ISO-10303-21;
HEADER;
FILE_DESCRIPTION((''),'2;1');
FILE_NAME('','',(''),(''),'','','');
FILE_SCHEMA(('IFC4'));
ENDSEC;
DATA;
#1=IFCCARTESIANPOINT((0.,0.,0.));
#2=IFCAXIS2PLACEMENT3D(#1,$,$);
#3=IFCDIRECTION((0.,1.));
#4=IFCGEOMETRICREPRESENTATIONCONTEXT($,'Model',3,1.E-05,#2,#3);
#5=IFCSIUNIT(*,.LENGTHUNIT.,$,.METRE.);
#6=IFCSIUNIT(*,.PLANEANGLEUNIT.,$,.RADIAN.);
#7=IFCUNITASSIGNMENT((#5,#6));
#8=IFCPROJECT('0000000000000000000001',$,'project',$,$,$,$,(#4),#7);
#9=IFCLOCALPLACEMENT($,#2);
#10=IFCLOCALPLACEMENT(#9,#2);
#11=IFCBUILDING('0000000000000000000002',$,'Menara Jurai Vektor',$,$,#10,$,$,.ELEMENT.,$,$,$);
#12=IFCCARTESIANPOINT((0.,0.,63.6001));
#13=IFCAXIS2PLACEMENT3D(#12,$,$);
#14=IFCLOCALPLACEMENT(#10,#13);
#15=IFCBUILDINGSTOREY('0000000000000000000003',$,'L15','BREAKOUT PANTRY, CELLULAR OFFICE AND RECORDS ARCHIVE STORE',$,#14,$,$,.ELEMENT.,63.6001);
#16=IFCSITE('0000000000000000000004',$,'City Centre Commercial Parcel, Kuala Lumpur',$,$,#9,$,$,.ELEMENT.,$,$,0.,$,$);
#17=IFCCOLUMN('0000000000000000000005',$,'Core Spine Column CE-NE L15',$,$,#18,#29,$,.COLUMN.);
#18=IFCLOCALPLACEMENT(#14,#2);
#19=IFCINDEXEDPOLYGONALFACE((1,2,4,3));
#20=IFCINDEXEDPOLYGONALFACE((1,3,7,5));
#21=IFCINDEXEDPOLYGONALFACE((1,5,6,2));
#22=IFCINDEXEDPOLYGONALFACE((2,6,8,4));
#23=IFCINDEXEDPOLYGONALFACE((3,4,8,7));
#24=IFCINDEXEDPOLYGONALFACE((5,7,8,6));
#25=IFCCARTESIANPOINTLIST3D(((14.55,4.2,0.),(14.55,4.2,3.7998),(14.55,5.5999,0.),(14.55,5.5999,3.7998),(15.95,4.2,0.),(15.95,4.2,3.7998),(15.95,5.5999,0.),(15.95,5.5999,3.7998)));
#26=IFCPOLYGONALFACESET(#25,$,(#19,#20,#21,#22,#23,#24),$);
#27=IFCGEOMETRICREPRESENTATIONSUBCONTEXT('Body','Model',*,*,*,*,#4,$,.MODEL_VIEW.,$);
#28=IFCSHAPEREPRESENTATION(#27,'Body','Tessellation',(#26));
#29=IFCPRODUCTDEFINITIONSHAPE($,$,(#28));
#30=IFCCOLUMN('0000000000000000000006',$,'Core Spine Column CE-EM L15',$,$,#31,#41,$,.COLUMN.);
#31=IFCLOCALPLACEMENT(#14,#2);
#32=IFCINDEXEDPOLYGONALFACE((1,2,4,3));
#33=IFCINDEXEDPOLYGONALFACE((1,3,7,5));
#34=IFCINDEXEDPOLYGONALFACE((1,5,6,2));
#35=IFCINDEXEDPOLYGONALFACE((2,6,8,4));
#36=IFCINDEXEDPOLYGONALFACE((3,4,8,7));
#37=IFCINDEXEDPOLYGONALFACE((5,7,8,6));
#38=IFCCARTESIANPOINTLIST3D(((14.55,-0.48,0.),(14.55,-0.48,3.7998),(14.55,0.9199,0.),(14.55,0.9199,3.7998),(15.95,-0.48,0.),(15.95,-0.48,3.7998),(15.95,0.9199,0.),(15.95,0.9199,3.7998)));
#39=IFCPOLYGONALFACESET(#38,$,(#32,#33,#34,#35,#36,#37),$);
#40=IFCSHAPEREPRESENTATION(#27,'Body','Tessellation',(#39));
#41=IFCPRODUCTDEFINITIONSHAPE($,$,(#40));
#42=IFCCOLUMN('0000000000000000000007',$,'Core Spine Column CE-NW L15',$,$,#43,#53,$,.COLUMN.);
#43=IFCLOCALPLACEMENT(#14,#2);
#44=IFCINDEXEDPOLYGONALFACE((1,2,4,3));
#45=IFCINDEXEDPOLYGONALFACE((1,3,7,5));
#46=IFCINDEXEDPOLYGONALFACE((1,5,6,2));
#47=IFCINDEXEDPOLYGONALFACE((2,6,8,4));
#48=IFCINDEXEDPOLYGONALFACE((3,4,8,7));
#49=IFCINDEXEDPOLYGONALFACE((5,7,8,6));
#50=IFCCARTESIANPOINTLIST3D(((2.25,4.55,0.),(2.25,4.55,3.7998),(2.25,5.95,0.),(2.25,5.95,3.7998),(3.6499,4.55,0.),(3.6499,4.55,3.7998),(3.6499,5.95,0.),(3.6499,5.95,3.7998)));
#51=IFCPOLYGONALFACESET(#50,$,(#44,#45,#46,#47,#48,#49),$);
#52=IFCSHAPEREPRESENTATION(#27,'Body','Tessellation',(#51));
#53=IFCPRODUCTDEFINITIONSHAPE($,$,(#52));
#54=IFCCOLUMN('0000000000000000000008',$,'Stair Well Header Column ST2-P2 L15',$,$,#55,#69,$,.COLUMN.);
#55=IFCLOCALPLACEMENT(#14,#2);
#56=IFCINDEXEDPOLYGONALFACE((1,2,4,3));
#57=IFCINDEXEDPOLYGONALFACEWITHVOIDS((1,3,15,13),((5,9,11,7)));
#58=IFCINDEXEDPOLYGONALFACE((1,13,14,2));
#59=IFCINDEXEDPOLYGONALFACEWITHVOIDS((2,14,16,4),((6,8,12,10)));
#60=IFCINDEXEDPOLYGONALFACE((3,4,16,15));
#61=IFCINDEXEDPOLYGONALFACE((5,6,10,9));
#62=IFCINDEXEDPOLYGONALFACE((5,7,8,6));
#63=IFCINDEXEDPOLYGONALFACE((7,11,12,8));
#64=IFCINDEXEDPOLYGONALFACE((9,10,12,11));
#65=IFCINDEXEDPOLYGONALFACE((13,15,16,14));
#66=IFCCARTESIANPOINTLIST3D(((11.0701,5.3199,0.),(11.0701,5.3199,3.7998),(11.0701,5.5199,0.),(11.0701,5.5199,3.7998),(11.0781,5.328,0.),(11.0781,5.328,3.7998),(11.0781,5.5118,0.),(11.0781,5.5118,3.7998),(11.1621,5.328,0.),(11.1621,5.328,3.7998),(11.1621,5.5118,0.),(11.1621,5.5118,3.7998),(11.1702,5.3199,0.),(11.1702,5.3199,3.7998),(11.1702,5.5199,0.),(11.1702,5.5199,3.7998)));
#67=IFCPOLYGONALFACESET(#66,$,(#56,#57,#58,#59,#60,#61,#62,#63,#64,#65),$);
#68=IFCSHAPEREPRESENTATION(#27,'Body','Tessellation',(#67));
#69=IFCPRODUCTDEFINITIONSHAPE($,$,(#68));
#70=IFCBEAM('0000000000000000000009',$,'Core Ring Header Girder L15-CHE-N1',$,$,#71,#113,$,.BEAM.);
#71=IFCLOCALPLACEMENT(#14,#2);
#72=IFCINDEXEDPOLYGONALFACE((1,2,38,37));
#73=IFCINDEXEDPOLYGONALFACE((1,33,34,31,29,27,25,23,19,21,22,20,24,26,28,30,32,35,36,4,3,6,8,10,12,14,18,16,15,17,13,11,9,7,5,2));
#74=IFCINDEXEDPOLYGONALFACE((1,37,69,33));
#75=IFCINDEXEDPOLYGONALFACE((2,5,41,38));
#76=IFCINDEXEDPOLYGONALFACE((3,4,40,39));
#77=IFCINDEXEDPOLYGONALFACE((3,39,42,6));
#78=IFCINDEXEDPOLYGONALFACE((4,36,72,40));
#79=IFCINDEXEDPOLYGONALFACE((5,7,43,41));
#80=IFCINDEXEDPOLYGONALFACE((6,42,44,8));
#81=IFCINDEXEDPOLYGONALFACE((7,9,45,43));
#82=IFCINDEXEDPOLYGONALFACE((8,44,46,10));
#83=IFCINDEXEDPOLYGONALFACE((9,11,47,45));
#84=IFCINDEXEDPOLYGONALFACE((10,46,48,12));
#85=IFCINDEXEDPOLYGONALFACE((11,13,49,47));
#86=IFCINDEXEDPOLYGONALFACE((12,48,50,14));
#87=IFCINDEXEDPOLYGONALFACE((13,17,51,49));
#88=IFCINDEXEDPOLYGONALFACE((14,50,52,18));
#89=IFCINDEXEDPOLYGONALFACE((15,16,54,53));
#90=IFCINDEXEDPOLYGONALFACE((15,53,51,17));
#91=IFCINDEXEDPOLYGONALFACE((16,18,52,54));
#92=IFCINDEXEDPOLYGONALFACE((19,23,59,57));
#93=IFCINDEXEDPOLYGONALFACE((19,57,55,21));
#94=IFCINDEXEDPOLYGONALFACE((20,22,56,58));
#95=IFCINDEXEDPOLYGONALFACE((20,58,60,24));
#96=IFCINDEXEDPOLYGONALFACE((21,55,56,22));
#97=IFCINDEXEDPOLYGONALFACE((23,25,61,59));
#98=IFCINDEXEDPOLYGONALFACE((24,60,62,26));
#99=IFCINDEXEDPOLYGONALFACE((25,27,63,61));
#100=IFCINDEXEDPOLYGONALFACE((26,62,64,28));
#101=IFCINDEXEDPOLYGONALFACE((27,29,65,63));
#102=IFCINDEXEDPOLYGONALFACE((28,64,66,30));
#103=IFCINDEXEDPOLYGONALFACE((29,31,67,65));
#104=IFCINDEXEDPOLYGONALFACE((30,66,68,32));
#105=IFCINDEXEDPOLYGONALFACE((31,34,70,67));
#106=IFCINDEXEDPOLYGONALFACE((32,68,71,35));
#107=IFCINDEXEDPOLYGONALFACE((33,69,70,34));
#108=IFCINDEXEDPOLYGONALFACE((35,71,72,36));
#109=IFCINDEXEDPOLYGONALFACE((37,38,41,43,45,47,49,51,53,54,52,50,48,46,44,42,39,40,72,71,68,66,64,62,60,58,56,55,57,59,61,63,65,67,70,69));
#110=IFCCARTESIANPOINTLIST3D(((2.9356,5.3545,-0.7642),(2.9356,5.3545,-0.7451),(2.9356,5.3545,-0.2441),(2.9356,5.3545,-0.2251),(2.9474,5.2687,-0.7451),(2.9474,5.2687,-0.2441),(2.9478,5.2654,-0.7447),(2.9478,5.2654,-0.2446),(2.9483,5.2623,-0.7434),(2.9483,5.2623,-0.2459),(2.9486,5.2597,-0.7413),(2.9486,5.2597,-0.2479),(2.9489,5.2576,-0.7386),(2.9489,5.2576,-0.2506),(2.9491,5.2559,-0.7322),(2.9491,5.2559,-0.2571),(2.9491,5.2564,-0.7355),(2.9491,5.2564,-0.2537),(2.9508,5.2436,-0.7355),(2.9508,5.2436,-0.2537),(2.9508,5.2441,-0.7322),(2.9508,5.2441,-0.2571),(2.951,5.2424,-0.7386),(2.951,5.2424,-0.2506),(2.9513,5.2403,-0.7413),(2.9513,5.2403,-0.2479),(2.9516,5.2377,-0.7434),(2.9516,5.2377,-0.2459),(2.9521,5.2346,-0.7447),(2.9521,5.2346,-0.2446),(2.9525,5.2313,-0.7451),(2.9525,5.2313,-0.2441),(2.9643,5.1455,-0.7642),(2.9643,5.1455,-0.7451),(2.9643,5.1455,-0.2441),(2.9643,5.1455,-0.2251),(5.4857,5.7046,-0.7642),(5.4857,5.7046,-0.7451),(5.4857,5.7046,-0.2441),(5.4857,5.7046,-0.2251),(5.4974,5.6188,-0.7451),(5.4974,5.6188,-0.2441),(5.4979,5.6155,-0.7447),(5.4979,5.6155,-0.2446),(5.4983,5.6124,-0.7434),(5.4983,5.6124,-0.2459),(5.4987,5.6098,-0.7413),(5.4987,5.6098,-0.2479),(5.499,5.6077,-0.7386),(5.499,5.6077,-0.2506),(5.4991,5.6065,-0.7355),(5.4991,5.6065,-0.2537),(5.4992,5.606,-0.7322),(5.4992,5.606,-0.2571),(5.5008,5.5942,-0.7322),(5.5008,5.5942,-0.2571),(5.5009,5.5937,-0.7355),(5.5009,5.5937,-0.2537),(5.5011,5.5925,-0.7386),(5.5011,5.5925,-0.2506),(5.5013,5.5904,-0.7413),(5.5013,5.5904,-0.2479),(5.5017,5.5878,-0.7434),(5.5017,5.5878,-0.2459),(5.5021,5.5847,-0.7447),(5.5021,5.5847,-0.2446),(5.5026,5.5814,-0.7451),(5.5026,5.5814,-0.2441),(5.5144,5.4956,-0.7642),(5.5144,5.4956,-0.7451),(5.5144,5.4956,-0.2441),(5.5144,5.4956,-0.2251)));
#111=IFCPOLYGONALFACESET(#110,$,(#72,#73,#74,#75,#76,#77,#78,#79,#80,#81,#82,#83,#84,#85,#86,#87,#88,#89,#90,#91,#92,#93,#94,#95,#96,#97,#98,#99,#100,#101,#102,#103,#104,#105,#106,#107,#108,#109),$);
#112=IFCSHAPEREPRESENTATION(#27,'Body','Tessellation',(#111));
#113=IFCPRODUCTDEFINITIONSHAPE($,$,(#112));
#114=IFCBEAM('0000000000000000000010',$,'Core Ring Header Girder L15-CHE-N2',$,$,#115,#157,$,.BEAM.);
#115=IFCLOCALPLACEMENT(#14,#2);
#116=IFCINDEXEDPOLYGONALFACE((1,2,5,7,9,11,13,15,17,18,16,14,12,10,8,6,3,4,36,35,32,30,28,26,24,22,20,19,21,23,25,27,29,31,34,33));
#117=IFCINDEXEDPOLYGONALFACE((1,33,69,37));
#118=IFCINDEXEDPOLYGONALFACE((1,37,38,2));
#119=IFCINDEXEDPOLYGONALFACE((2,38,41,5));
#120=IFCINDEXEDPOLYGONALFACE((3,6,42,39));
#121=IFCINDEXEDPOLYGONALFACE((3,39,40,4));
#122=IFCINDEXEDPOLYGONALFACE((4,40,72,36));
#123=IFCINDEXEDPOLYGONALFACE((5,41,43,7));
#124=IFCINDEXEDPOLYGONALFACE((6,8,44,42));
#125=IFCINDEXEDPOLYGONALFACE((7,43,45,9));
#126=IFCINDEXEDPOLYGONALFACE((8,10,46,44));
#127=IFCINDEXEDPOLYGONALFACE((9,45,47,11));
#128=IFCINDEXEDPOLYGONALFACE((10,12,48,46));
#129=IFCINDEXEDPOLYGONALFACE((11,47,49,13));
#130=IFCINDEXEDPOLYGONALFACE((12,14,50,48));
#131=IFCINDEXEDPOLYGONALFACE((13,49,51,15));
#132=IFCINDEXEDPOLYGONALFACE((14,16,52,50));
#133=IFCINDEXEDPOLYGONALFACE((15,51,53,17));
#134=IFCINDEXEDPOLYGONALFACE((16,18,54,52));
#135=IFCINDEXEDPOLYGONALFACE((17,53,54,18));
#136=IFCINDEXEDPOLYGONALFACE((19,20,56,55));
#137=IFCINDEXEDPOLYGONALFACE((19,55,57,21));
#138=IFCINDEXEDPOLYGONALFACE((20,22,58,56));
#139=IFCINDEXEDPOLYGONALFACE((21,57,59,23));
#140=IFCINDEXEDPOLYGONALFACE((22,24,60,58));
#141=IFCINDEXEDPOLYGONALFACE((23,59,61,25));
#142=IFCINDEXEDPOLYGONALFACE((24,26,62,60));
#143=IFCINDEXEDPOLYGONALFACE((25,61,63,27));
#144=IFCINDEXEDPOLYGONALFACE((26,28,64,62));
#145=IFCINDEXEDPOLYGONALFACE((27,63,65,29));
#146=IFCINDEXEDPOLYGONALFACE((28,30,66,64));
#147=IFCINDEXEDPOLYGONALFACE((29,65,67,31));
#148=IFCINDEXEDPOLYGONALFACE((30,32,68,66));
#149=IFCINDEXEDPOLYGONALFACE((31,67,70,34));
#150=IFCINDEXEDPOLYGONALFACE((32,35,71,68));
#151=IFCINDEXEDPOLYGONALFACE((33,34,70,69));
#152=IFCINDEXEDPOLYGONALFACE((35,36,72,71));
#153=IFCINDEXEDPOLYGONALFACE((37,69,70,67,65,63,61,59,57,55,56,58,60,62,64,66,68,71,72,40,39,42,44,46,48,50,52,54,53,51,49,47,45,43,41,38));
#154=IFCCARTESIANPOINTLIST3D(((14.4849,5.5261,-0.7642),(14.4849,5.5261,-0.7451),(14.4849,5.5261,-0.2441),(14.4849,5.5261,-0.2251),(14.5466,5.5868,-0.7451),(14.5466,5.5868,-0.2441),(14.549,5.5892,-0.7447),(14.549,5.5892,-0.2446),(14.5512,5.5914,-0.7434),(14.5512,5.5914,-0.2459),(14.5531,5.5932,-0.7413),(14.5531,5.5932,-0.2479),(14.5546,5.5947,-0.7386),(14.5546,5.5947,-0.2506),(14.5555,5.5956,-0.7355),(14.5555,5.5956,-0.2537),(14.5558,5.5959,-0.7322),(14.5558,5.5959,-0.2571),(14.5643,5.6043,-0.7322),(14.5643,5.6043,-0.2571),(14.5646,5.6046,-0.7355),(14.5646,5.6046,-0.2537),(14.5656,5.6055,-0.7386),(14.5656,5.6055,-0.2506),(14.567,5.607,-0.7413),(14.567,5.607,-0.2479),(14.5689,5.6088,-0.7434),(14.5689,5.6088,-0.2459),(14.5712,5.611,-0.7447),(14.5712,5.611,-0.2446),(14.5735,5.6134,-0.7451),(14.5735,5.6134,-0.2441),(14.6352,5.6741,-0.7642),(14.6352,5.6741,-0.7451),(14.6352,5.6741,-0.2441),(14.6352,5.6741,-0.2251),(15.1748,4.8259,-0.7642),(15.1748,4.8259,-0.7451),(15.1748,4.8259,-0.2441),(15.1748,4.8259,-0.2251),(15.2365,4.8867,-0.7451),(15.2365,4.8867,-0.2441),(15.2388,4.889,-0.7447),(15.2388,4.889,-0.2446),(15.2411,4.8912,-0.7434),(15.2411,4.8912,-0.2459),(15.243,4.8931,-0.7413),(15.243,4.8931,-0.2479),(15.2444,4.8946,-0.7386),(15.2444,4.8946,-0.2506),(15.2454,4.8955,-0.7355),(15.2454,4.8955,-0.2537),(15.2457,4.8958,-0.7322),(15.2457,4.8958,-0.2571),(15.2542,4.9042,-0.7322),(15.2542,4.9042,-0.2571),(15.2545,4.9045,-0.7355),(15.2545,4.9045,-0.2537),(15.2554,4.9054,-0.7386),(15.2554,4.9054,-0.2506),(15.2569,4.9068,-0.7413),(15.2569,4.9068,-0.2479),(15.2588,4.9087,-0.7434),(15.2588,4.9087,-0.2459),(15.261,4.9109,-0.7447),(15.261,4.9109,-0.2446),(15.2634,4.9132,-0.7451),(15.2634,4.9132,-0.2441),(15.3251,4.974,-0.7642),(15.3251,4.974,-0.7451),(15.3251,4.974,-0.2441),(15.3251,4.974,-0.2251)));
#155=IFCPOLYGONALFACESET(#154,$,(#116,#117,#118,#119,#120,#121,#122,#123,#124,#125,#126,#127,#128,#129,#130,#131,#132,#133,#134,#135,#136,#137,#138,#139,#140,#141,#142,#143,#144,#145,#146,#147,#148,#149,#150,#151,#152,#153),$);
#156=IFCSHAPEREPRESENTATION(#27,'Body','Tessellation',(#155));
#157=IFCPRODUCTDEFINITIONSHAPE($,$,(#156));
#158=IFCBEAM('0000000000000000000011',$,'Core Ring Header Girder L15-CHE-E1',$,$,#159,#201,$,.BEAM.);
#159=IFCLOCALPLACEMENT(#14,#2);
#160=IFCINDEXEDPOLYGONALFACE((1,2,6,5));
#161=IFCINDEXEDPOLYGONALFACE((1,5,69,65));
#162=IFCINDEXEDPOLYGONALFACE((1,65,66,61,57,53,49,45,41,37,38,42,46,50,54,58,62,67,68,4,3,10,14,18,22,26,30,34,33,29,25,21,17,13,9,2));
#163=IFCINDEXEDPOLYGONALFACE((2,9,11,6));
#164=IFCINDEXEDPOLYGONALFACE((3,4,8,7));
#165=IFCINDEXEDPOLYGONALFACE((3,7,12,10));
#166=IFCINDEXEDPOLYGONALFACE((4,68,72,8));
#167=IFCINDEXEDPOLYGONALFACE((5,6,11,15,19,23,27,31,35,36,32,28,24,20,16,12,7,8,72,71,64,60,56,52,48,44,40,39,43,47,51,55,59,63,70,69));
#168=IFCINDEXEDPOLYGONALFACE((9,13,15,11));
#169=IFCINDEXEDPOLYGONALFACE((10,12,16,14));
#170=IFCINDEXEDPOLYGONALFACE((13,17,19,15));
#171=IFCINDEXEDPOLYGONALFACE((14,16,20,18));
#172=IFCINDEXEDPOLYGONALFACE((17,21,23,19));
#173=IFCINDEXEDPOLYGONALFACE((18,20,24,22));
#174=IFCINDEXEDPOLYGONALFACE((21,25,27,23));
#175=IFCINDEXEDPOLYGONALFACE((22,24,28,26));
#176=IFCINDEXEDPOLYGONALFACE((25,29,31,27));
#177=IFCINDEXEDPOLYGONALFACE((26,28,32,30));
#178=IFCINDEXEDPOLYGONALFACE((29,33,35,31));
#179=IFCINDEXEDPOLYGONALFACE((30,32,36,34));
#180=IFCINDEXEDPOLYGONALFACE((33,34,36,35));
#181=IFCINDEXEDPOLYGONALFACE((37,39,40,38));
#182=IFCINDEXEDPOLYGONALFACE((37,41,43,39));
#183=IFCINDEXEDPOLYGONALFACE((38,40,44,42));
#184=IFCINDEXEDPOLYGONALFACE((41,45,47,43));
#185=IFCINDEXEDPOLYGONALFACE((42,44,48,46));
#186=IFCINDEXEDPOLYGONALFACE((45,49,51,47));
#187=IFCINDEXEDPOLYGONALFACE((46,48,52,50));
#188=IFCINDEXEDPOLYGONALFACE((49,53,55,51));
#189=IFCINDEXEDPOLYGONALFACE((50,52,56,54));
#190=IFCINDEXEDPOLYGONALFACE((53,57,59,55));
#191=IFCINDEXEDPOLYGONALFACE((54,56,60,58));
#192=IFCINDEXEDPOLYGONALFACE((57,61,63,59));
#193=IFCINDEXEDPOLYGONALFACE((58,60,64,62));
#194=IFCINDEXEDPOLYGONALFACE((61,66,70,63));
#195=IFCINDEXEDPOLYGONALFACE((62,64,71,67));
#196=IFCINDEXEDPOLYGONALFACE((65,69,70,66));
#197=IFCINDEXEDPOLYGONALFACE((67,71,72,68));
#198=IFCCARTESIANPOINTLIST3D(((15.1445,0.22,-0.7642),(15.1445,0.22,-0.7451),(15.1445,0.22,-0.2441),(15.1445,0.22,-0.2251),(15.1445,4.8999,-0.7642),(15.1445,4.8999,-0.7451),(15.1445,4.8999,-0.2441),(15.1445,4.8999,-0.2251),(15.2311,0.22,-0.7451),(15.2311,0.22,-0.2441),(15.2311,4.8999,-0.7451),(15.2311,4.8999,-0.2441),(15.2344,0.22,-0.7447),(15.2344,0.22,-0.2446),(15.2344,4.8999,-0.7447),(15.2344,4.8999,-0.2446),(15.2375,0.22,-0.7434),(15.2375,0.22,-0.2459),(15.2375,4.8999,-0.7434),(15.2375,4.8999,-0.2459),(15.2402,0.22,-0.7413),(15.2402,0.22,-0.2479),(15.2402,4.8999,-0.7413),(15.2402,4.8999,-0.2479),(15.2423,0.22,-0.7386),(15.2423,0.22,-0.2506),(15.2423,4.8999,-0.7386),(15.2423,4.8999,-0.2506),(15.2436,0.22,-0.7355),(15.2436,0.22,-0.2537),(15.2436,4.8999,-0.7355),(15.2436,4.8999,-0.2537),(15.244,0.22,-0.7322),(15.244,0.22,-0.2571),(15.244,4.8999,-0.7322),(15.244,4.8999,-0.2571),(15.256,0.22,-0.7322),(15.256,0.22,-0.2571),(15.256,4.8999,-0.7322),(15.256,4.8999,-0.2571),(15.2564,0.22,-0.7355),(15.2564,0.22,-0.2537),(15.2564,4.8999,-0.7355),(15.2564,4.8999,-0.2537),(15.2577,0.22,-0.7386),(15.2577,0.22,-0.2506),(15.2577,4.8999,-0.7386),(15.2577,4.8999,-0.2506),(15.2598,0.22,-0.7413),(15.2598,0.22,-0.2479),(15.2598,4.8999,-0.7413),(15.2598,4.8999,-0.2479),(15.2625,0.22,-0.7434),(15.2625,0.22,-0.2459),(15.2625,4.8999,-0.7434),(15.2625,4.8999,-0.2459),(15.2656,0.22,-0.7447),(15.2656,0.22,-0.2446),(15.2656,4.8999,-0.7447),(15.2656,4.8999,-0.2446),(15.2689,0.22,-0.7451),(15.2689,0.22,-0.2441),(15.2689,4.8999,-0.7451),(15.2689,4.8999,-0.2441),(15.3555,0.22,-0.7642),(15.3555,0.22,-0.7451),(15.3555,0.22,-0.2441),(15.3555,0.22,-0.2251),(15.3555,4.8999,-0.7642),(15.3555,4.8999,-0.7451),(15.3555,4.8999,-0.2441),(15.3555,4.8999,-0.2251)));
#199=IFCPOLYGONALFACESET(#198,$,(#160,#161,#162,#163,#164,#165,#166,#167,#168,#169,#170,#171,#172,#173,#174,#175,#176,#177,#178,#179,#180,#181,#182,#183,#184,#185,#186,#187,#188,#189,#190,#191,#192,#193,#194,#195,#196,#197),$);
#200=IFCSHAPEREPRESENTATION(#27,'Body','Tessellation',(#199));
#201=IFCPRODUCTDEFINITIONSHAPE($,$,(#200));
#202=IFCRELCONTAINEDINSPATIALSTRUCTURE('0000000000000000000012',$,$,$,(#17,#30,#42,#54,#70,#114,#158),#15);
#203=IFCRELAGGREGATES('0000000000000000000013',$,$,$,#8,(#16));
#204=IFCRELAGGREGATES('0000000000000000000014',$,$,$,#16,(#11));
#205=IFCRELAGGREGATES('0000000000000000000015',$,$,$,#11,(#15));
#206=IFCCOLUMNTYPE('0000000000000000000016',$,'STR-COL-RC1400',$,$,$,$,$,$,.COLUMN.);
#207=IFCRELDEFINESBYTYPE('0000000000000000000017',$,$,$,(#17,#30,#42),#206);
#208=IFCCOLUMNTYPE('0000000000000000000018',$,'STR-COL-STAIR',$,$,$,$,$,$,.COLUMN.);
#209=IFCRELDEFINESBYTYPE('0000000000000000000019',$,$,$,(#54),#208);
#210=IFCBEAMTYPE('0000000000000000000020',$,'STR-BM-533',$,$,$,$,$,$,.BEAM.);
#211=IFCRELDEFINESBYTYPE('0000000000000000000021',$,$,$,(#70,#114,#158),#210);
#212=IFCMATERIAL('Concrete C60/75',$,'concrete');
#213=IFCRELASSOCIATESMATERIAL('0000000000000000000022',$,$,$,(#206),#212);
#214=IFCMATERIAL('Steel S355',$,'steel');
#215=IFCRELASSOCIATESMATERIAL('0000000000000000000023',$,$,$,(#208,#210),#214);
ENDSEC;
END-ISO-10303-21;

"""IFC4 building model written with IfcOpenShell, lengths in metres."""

from ifc_helpers import new_model, si_unit, direction, frame, origin, origin_2d, place, context, subcontext, project, spatial, rectangle, hollow_rectangle, i_section, extrude, material, material_profile, profile_set, type_object, element, save


model = new_model("IFC4")

# Units and contexts
model_context = context("Model", 3, precision=1e-05, world=origin(), true_north=direction((0.0, 1.0)))
body_context = subcontext(model_context, "Body", "Model", "MODEL_VIEW")
ifc_project = project(units=[si_unit("LENGTHUNIT", "METRE"), si_unit("PLANEANGLEUNIT", "RADIAN")], contexts=[model_context])

# Site, building, storey
site_placement = place(None, origin())
site = spatial("IfcSite", under=ifc_project, at=site_placement, Name="City Centre Commercial Parcel, Kuala Lumpur", CompositionType="ELEMENT", RefElevation=0.0)
building_placement = place(site_placement, origin())
building = spatial("IfcBuilding", under=site, at=building_placement, Name="Menara Jurai Vektor", CompositionType="ELEMENT")
storey_placement = place(building_placement, frame((0.0, 0.0, 63.6001)))
storey = spatial("IfcBuildingStorey", under=building, at=storey_placement, Name="L15", Description="BREAKOUT PANTRY, CELLULAR OFFICE AND RECORDS ARCHIVE STORE", CompositionType="ELEMENT", Elevation=63.6001)

# Columns
ifc_material_1 = material(Name="Concrete C60/75", Category="concrete")
ifc_material_profile_1 = material_profile(ifc_material_1, rectangle(XDim=1.3999, YDim=1.3999, at=origin_2d()), Name="RC 1400x1400")
ifc_profile_set_1 = profile_set([ifc_material_profile_1], Name="Concrete C60/75")
column_type_1 = type_object("IfcColumnType", Name="STR-COL-RC1400", PredefinedType="COLUMN", material=ifc_profile_set_1)
for number, where, z_axis, x_axis, name in (
    (1, (15.25, 4.8999, 0.0), (0.0, 0.0, 1.0), (1.0, 0.0, 0.0), "Core Spine Column CE-NE L15"),
    (2, (15.25, 0.22, 0.0), (0.0, 0.0, 1.0), (1.0, 0.0, 0.0), "Core Spine Column CE-EM L15"),
    (3, (2.95, 5.25, 0.0), (0.0, 0.0, 1.0), (1.0, 0.0, 0.0), "Core Spine Column CE-NW L15"),
):
    element("IfcColumn", number, at=place(storey_placement, frame(where, z_axis=z_axis, x_axis=x_axis)), inside=storey, type_object=column_type_1, Name=name, PredefinedType="COLUMN", context=body_context, shape_type="SweptSolid", body=[
        extrude(rectangle(XDim=1.3999, YDim=1.3999, at=origin_2d()), origin(), (0.0, 0.0, 1.0), 3.7998),
    ])
ifc_material_2 = material(Name="Steel S355", Category="steel")
ifc_material_profile_2 = material_profile(ifc_material_2, hollow_rectangle(XDim=0.1001, YDim=0.2, WallThickness=0.0081, at=origin_2d()), Name="RHS 200x100x8")
ifc_profile_set_2 = profile_set([ifc_material_profile_2], Name="Steel S355")
column_type_2 = type_object("IfcColumnType", Name="STR-COL-STAIR", PredefinedType="COLUMN", material=ifc_profile_set_2)
column_placement = place(storey_placement, frame((11.1201, 5.4199, 0.0), z_axis=(0.0, 0.0, 1.0), x_axis=(1.0, 0.0, 0.0)))
element("IfcColumn", 4, at=column_placement, inside=storey, type_object=column_type_2, Name="Stair Well Header Column ST2-P2 L15", PredefinedType="COLUMN", context=body_context, shape_type="SweptSolid", body=[
    extrude(hollow_rectangle(XDim=0.1001, YDim=0.2, WallThickness=0.0081, at=origin_2d()), origin(), (0.0, 0.0, 1.0), 3.7998),
])

# Beams
ifc_material_profile_3 = material_profile(ifc_material_2, i_section(OverallWidth=0.2109, OverallDepth=0.5391, WebThickness=0.012, FlangeThickness=0.019, FilletRadius=0.0129, at=origin_2d()), Name="UKB 533x210x109")
ifc_profile_set_3 = profile_set([ifc_material_profile_3], Name="Steel S355")
beam_type_1 = type_object("IfcBeamType", Name="STR-BM-533", PredefinedType="BEAM", material=ifc_profile_set_3)
beam_1_placement = place(storey_placement, frame((2.95, 5.25, -0.4946), z_axis=(0.990707, 0.136015, 0.0), x_axis=(-0.136015, 0.990707, 0.0)))
element("IfcBeam", 5, at=beam_1_placement, inside=storey, type_object=beam_type_1, Name="Core Ring Header Girder L15-CHE-N1", PredefinedType="BEAM", context=body_context, shape_type="SweptSolid", body=[
    extrude(i_section(OverallWidth=0.2109, OverallDepth=0.5391, WebThickness=0.012, FlangeThickness=0.019, FilletRadius=0.0129, at=origin_2d()), origin(), (0.0, 0.0, 1.0), 2.574),
])
beam_2_placement = place(storey_placement, frame((14.5601, 5.6001, -0.4946), z_axis=(0.701872, -0.712303, 0.0), x_axis=(0.712303, 0.701872, 0.0)))
element("IfcBeam", 6, at=beam_2_placement, inside=storey, type_object=beam_type_1, Name="Core Ring Header Girder L15-CHE-N2", PredefinedType="BEAM", context=body_context, shape_type="SweptSolid", body=[
    extrude(i_section(OverallWidth=0.2109, OverallDepth=0.5391, WebThickness=0.012, FlangeThickness=0.019, FilletRadius=0.0129, at=origin_2d()), origin(), (0.0, 0.0, 1.0), 0.9829),
])
beam_3_placement = place(storey_placement, frame((15.25, 0.22, -0.4946), z_axis=(0.0, 1.0, 0.0), x_axis=(-1.0, 0.0, 0.0)))
element("IfcBeam", 7, at=beam_3_placement, inside=storey, type_object=beam_type_1, Name="Core Ring Header Girder L15-CHE-E1", PredefinedType="BEAM", context=body_context, shape_type="SweptSolid", body=[
    extrude(i_section(OverallWidth=0.2109, OverallDepth=0.5391, WebThickness=0.012, FlangeThickness=0.019, FilletRadius=0.0129, at=origin_2d()), origin(), (0.0, 0.0, 1.0), 4.6799),
])

save(model, "model.ifc")
